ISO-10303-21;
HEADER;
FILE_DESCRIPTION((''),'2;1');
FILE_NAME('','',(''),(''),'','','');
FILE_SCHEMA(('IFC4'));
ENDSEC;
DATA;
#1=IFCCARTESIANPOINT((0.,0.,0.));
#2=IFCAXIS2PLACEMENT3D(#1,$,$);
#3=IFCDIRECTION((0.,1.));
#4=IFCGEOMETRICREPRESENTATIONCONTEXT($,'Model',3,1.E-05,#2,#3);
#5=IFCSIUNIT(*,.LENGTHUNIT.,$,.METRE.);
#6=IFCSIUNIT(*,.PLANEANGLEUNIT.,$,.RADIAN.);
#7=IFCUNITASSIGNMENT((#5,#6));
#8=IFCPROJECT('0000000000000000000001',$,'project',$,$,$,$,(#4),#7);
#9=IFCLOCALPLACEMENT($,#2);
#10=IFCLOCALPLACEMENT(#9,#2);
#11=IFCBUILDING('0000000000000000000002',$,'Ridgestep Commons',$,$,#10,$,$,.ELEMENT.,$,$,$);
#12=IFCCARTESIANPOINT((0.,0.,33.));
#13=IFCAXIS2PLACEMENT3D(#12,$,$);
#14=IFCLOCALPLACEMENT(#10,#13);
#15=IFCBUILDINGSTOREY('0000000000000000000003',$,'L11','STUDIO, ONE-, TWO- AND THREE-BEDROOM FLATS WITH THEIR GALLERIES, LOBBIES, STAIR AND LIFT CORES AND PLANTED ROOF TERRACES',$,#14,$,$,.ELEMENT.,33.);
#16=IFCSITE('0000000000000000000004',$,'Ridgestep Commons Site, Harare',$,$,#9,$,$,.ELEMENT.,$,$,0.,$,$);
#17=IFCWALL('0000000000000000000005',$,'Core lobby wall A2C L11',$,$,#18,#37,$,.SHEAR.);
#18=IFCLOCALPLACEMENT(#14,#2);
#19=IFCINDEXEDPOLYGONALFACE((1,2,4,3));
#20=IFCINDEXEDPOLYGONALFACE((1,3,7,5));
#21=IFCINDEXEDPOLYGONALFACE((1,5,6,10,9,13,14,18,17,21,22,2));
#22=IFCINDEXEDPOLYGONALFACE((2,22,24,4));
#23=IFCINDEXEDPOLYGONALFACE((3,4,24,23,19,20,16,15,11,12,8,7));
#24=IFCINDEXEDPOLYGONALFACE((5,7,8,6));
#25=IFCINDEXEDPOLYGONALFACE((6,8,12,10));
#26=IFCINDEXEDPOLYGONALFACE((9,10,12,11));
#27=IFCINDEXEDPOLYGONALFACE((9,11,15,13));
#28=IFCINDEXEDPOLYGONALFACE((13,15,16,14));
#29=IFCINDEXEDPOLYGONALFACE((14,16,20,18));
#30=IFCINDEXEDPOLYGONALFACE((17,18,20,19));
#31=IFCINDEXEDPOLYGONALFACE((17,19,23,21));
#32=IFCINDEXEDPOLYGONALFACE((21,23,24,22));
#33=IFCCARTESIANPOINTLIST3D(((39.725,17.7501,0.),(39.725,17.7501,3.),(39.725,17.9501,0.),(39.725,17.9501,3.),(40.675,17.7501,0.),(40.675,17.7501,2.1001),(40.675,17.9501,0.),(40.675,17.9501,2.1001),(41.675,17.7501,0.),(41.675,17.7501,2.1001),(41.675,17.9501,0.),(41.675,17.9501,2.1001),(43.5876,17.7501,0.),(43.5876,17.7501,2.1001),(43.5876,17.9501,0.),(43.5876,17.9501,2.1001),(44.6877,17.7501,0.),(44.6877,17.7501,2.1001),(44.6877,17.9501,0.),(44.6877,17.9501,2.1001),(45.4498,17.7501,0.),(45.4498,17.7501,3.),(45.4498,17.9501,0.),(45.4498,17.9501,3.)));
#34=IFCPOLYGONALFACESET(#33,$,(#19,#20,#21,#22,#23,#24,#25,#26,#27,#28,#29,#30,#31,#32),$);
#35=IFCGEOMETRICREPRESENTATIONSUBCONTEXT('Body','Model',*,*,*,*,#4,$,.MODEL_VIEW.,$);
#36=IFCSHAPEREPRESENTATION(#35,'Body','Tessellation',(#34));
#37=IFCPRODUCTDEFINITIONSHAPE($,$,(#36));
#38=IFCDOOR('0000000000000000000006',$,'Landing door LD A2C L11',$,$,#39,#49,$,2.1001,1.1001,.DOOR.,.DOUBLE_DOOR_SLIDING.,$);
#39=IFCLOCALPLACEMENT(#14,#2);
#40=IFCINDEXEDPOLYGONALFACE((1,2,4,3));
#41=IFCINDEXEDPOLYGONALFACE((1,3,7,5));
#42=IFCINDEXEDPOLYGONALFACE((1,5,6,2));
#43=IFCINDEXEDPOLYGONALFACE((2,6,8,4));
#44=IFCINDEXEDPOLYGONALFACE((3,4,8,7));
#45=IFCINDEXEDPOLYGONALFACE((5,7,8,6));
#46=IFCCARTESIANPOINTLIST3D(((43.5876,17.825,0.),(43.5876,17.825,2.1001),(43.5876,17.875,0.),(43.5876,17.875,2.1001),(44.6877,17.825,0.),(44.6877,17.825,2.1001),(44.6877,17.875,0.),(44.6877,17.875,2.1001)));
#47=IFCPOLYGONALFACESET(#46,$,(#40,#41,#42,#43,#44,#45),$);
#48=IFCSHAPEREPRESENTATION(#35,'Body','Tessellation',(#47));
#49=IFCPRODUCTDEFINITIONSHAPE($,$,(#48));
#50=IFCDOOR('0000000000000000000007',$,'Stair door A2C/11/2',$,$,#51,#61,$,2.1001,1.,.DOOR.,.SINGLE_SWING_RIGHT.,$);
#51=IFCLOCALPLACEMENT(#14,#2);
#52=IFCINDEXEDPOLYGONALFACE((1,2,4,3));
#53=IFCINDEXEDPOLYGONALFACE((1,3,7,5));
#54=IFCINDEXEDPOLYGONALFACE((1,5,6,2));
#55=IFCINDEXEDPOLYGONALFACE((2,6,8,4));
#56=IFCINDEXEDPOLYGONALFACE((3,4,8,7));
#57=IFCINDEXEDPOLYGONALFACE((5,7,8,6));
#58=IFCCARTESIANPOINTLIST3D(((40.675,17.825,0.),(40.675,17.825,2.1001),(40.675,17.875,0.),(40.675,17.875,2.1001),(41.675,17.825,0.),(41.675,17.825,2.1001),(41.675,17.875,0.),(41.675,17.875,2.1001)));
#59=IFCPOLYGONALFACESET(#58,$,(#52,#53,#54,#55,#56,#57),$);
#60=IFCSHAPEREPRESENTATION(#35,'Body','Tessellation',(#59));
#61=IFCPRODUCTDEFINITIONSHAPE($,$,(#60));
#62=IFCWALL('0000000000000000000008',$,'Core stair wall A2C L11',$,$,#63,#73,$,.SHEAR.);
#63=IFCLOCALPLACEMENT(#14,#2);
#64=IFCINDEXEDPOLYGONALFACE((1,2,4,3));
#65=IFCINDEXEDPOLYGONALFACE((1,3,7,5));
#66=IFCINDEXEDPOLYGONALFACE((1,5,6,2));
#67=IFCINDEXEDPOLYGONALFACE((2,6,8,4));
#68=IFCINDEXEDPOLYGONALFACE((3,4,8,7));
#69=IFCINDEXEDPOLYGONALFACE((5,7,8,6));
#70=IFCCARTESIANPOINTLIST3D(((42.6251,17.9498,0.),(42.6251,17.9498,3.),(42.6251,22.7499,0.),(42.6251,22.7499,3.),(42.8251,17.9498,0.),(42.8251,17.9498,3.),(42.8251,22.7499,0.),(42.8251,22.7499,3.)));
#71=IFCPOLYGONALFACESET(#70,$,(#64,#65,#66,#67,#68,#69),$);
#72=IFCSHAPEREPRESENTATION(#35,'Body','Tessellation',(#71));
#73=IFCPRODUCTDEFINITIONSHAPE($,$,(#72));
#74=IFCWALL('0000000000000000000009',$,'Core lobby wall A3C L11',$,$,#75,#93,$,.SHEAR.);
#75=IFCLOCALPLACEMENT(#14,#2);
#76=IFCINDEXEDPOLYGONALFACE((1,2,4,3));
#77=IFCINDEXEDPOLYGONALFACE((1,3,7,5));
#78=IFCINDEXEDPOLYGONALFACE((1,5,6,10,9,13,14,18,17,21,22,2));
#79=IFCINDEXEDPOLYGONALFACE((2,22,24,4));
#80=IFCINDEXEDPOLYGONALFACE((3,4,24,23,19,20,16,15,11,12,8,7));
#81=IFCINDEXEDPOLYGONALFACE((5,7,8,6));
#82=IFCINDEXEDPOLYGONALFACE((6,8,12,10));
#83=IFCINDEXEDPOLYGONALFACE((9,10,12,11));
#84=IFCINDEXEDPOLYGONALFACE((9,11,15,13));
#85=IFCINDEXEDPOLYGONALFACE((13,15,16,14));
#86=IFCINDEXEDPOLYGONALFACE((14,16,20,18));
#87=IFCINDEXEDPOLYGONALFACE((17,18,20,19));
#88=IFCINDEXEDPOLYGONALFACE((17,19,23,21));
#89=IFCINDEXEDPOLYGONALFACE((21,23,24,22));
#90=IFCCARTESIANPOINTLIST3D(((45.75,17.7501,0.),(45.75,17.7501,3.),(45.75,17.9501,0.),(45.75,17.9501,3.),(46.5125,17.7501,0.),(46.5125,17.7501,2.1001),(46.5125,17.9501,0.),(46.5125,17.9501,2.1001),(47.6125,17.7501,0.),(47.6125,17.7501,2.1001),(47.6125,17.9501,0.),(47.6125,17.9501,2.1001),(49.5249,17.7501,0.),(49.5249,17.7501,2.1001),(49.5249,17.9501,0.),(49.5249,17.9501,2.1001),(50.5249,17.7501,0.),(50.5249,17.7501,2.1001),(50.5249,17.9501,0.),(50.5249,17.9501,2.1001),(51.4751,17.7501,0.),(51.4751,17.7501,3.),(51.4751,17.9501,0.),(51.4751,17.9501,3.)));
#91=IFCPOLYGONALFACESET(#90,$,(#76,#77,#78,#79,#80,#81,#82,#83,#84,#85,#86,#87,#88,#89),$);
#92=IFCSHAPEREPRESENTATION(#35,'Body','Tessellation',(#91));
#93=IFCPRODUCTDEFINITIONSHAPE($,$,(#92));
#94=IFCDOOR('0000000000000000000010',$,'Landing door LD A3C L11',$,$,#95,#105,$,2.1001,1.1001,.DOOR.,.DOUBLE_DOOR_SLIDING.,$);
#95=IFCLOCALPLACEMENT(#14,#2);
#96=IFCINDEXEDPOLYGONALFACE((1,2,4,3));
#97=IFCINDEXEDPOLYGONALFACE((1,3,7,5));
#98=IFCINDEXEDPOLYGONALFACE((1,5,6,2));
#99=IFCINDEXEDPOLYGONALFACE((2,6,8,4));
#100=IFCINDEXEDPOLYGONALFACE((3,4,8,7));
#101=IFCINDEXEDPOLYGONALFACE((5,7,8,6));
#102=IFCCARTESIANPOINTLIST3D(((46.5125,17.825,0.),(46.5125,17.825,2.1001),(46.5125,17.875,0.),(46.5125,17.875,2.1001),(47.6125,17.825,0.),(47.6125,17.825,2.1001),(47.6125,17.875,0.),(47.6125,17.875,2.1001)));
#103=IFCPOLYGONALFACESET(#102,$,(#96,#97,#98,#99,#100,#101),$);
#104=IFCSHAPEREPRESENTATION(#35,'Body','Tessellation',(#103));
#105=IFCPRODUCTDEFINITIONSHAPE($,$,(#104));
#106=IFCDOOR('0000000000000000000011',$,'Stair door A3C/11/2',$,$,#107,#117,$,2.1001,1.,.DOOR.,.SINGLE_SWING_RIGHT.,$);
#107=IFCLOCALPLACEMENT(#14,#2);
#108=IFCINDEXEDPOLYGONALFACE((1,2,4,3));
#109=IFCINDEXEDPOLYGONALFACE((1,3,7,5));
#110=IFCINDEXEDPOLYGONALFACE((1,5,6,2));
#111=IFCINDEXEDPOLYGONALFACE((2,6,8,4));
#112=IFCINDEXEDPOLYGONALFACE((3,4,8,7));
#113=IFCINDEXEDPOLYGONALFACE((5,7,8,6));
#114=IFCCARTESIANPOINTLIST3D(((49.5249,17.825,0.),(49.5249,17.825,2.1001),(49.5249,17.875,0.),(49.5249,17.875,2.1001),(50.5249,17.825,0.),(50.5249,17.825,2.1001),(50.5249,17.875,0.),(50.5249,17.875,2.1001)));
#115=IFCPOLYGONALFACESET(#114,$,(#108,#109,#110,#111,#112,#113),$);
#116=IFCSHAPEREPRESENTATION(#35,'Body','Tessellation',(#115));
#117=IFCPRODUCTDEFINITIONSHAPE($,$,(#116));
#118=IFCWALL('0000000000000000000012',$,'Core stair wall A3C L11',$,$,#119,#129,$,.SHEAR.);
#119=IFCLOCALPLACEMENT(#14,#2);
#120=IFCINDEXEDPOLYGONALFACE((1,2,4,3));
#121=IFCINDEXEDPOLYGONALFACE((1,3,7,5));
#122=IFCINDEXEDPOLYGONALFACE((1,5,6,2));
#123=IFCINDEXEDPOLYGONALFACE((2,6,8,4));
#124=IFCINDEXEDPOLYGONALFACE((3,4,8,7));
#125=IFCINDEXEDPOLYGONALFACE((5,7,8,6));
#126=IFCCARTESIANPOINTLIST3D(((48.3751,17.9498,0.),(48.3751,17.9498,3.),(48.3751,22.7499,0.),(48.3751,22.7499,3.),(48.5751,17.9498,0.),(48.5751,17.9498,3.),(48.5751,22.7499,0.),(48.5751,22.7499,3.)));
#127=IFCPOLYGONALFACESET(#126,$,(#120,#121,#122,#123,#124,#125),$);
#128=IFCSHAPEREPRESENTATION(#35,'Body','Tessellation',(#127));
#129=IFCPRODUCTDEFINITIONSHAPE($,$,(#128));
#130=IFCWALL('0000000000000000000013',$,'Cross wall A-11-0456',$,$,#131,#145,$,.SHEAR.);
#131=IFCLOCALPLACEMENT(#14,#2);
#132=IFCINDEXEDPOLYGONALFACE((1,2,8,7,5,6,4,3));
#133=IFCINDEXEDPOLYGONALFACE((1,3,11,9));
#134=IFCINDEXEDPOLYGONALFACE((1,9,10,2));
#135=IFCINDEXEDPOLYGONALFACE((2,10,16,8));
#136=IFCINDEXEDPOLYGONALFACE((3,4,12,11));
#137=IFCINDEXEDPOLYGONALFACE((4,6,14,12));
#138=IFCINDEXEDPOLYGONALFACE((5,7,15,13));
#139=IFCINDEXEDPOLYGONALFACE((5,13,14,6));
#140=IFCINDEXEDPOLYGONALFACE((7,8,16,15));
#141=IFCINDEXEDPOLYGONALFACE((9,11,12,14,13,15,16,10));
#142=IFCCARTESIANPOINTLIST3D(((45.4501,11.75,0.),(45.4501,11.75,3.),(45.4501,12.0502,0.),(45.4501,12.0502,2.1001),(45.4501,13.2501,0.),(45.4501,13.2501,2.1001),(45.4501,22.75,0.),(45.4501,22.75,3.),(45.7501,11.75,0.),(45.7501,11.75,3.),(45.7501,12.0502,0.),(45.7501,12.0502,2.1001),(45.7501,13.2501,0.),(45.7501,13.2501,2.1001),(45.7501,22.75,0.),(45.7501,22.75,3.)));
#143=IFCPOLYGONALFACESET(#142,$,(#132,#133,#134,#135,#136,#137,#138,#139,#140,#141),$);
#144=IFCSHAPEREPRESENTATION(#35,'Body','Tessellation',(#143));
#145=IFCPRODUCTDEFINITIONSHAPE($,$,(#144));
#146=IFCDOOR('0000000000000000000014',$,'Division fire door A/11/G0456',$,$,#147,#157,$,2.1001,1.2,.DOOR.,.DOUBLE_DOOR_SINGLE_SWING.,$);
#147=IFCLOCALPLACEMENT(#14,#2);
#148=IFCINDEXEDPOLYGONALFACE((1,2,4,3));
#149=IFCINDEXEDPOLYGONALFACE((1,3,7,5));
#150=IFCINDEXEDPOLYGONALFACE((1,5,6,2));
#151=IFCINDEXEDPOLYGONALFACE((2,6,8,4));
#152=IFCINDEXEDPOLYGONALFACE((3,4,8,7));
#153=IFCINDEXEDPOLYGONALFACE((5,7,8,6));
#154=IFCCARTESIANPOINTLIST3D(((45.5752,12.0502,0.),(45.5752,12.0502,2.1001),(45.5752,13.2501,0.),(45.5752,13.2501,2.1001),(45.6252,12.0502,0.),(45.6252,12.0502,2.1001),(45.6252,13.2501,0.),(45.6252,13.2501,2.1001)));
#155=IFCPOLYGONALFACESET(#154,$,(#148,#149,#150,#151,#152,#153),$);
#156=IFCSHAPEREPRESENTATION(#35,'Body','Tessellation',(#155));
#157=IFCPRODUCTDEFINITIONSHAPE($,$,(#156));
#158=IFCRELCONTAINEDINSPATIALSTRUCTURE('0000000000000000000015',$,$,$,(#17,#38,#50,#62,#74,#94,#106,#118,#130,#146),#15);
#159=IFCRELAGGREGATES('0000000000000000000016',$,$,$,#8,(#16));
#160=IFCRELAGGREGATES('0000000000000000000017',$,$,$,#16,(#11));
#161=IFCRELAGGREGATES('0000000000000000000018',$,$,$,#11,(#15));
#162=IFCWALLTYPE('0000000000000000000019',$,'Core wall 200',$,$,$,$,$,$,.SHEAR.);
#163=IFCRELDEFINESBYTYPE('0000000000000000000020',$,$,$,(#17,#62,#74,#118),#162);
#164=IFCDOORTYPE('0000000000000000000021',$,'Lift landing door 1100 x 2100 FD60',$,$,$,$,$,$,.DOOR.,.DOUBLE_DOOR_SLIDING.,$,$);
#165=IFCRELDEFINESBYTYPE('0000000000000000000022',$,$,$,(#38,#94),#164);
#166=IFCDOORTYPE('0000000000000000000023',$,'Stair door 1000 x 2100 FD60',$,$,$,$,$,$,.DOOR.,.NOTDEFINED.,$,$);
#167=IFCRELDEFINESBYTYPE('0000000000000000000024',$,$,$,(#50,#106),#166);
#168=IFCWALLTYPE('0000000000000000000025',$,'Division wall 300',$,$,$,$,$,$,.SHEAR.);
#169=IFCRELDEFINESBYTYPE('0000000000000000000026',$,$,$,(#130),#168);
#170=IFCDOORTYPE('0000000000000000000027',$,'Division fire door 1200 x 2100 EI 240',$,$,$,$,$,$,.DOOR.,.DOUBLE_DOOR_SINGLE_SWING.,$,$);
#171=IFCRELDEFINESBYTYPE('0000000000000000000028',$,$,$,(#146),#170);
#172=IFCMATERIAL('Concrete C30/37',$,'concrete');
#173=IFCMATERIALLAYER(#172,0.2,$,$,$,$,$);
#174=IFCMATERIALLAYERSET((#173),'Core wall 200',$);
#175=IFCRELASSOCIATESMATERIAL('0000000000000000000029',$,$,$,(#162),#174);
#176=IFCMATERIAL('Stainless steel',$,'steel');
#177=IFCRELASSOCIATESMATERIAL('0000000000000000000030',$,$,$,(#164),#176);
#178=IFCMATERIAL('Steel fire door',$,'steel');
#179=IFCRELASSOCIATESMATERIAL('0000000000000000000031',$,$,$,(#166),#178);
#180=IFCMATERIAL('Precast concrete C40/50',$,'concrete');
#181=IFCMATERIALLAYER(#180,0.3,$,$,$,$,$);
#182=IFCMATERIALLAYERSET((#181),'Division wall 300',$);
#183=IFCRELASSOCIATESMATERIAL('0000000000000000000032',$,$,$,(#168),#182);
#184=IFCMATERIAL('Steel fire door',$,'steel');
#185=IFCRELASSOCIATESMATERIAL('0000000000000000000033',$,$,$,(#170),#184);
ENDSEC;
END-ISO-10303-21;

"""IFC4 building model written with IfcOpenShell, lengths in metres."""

from ifc_helpers import new_model, si_unit, direction, frame, frame_2d, origin, place, context, subcontext, project, spatial, rectangle, extrude, material, layer, layer_set, type_object, element, fill, save


model = new_model("IFC4")

# Units and contexts
model_context = context("Model", 3, precision=1e-05, world=origin(), true_north=direction((0.0, 1.0)))
body_context = subcontext(model_context, "Body", "Model", "MODEL_VIEW")
ifc_project = project(units=[si_unit("LENGTHUNIT", "METRE"), si_unit("PLANEANGLEUNIT", "RADIAN")], contexts=[model_context])

# Site, building, storey
site_placement = place(None, origin())
site = spatial("IfcSite", under=ifc_project, at=site_placement, Name="Ridgestep Commons Site, Harare", CompositionType="ELEMENT", RefElevation=0.0)
building_placement = place(site_placement, origin())
building = spatial("IfcBuilding", under=site, at=building_placement, Name="Ridgestep Commons", CompositionType="ELEMENT")
storey_placement = place(building_placement, frame((0.0, 0.0, 33.0)))
storey = spatial("IfcBuildingStorey", under=building, at=storey_placement, Name="L11", Description="STUDIO, ONE-, TWO- AND THREE-BEDROOM FLATS WITH THEIR GALLERIES, LOBBIES, STAIR AND LIFT CORES AND PLANTED ROOF TERRACES", CompositionType="ELEMENT", Elevation=33.0)

# Wall, openings, doors
ifc_material_1 = material(Name="Concrete C30/37", Category="concrete")
ifc_layer_1 = layer(ifc_material_1, 0.2)
ifc_layer_set_1 = layer_set([ifc_layer_1], Name="Core wall 200")
wall_type_1 = type_object("IfcWallType", Name="Core wall 200", PredefinedType="SHEAR", material=ifc_layer_set_1)
wall_1_placement = place(storey_placement, frame((39.7251, 17.8501, 0.0), z_axis=(0.0, 0.0, 1.0), x_axis=(1.0, 0.0, 0.0)))
wall_1 = element("IfcWall", 1, at=wall_1_placement, inside=storey, type_object=wall_type_1, Name="Core lobby wall A2C L11", PredefinedType="SHEAR", context=body_context, shape_type="SweptSolid", body=[
    extrude(rectangle(XDim=5.7249, YDim=0.2, at=frame_2d((2.8623, 0.0))), origin(), (0.0, 0.0, 1.0), 3.0),
])
opening_1_placement = place(wall_1_placement, frame((0.95, 0.0, 0.0)))
opening_1 = element("IfcOpeningElement", 2, at=opening_1_placement, cuts=wall_1, PredefinedType="OPENING", context=body_context, shape_type="SweptSolid", body=[
    extrude(rectangle(XDim=1.0, YDim=2.1001, at=frame_2d((0.5, 1.05))), frame((0.0, 0.1099, 0.0), z_axis=(0.0, -1.0, 0.0), x_axis=(1.0, 0.0, 0.0)), (0.0, 0.0, 1.0), 0.22),
])
opening_2_placement = place(wall_1_placement, frame((3.8625, 0.0, 0.0)))
opening_2 = element("IfcOpeningElement", 3, at=opening_2_placement, cuts=wall_1, PredefinedType="OPENING", context=body_context, shape_type="SweptSolid", body=[
    extrude(rectangle(XDim=1.1001, YDim=2.1001, at=frame_2d((0.55, 1.05))), frame((0.0, 0.1099, 0.0), z_axis=(0.0, -1.0, 0.0), x_axis=(1.0, 0.0, 0.0)), (0.0, 0.0, 1.0), 0.22),
])
ifc_material_2 = material(Name="Stainless steel", Category="steel")
door_type_1 = type_object("IfcDoorType", Name="Lift landing door 1100 x 2100 FD60", OperationType="DOUBLE_DOOR_SLIDING", PredefinedType="DOOR", material=ifc_material_2)
door_1_placement = place(opening_2_placement, origin())
door_1 = element("IfcDoor", 4, at=door_1_placement, inside=storey, type_object=door_type_1, Name="Landing door LD A2C L11", OperationType="DOUBLE_DOOR_SLIDING", OverallHeight=2.1001, OverallWidth=1.1001, PredefinedType="DOOR", context=body_context, shape_type="SweptSolid", body=[
    extrude(rectangle(XDim=1.1001, YDim=2.1001, at=frame_2d((0.55, 1.05))), frame((0.0, 0.0249, 0.0), z_axis=(0.0, -1.0, 0.0), x_axis=(1.0, 0.0, 0.0)), (0.0, 0.0, 1.0), 0.05),
])
fill(opening_2, door_1)
ifc_material_3 = material(Name="Steel fire door", Category="steel")
door_type_2 = type_object("IfcDoorType", Name="Stair door 1000 x 2100 FD60", OperationType="NOTDEFINED", PredefinedType="DOOR", material=ifc_material_3)
door_2_placement = place(opening_1_placement, origin())
door_2 = element("IfcDoor", 5, at=door_2_placement, inside=storey, type_object=door_type_2, Name="Stair door A2C/11/2", OperationType="SINGLE_SWING_RIGHT", OverallHeight=2.1001, OverallWidth=1.0, PredefinedType="DOOR", context=body_context, shape_type="SweptSolid", body=[
    extrude(rectangle(XDim=1.0, YDim=2.1001, at=frame_2d((0.5, 1.05))), frame((0.0, 0.0249, 0.0), z_axis=(0.0, -1.0, 0.0), x_axis=(1.0, 0.0, 0.0)), (0.0, 0.0, 1.0), 0.05),
])
fill(opening_1, door_2)

# Wall
wall_2_placement = place(storey_placement, frame((42.7251, 17.95, 0.0), z_axis=(0.0, 0.0, 1.0), x_axis=(0.0, 1.0, 0.0)))
element("IfcWall", 6, at=wall_2_placement, inside=storey, type_object=wall_type_1, Name="Core stair wall A2C L11", PredefinedType="SHEAR", context=body_context, shape_type="SweptSolid", body=[
    extrude(rectangle(XDim=4.8, YDim=0.2, at=frame_2d((2.3999, 0.0))), origin(), (0.0, 0.0, 1.0), 3.0),
])

# Wall, openings, doors
wall_3_placement = place(storey_placement, frame((45.75, 17.8501, 0.0), z_axis=(0.0, 0.0, 1.0), x_axis=(1.0, 0.0, 0.0)))
wall_3 = element("IfcWall", 7, at=wall_3_placement, inside=storey, type_object=wall_type_1, Name="Core lobby wall A3C L11", PredefinedType="SHEAR", context=body_context, shape_type="SweptSolid", body=[
    extrude(rectangle(XDim=5.7251, YDim=0.2, at=frame_2d((2.8625, 0.0))), origin(), (0.0, 0.0, 1.0), 3.0),
])
opening_3_placement = place(wall_3_placement, frame((3.7749, 0.0, 0.0)))
opening_3 = element("IfcOpeningElement", 8, at=opening_3_placement, cuts=wall_3, PredefinedType="OPENING", context=body_context, shape_type="SweptSolid", body=[
    extrude(rectangle(XDim=1.0, YDim=2.1001, at=frame_2d((0.5, 1.05))), frame((0.0, 0.1099, 0.0), z_axis=(0.0, -1.0, 0.0), x_axis=(1.0, 0.0, 0.0)), (0.0, 0.0, 1.0), 0.22),
])
opening_4_placement = place(wall_3_placement, frame((0.7625, 0.0, 0.0)))
opening_4 = element("IfcOpeningElement", 9, at=opening_4_placement, cuts=wall_3, PredefinedType="OPENING", context=body_context, shape_type="SweptSolid", body=[
    extrude(rectangle(XDim=1.1001, YDim=2.1001, at=frame_2d((0.55, 1.05))), frame((0.0, 0.1099, 0.0), z_axis=(0.0, -1.0, 0.0), x_axis=(1.0, 0.0, 0.0)), (0.0, 0.0, 1.0), 0.22),
])
door_3_placement = place(opening_4_placement, origin())
door_3 = element("IfcDoor", 10, at=door_3_placement, inside=storey, type_object=door_type_1, Name="Landing door LD A3C L11", OperationType="DOUBLE_DOOR_SLIDING", OverallHeight=2.1001, OverallWidth=1.1001, PredefinedType="DOOR", context=body_context, shape_type="SweptSolid", body=[
    extrude(rectangle(XDim=1.1001, YDim=2.1001, at=frame_2d((0.55, 1.05))), frame((0.0, 0.0249, 0.0), z_axis=(0.0, -1.0, 0.0), x_axis=(1.0, 0.0, 0.0)), (0.0, 0.0, 1.0), 0.05),
])
fill(opening_4, door_3)
door_4_placement = place(opening_3_placement, origin())
door_4 = element("IfcDoor", 11, at=door_4_placement, inside=storey, type_object=door_type_2, Name="Stair door A3C/11/2", OperationType="SINGLE_SWING_RIGHT", OverallHeight=2.1001, OverallWidth=1.0, PredefinedType="DOOR", context=body_context, shape_type="SweptSolid", body=[
    extrude(rectangle(XDim=1.0, YDim=2.1001, at=frame_2d((0.5, 1.05))), frame((0.0, 0.0249, 0.0), z_axis=(0.0, -1.0, 0.0), x_axis=(1.0, 0.0, 0.0)), (0.0, 0.0, 1.0), 0.05),
])
fill(opening_3, door_4)

# Wall
wall_4_placement = place(storey_placement, frame((48.4751, 17.95, 0.0), z_axis=(0.0, 0.0, 1.0), x_axis=(0.0, 1.0, 0.0)))
element("IfcWall", 12, at=wall_4_placement, inside=storey, type_object=wall_type_1, Name="Core stair wall A3C L11", PredefinedType="SHEAR", context=body_context, shape_type="SweptSolid", body=[
    extrude(rectangle(XDim=4.8, YDim=0.2, at=frame_2d((2.3999, 0.0))), origin(), (0.0, 0.0, 1.0), 3.0),
])

# Wall, opening, door
ifc_material_4 = material(Name="Precast concrete C40/50", Category="concrete")
ifc_layer_2 = layer(ifc_material_4, 0.3)
ifc_layer_set_2 = layer_set([ifc_layer_2], Name="Division wall 300")
wall_type_2 = type_object("IfcWallType", Name="Division wall 300", PredefinedType="SHEAR", material=ifc_layer_set_2)
wall_5_placement = place(storey_placement, frame((45.6001, 11.75, 0.0), z_axis=(0.0, 0.0, 1.0), x_axis=(0.0, 1.0, 0.0)))
wall_5 = element("IfcWall", 13, at=wall_5_placement, inside=storey, type_object=wall_type_2, Name="Cross wall A-11-0456", PredefinedType="SHEAR", context=body_context, shape_type="SweptSolid", body=[
    extrude(rectangle(XDim=11.0, YDim=0.3, at=frame_2d((5.5, 0.0))), origin(), (0.0, 0.0, 1.0), 3.0),
])
opening_5_placement = place(wall_5_placement, frame((0.3, 0.0, 0.0)))
opening_5 = element("IfcOpeningElement", 14, at=opening_5_placement, cuts=wall_5, PredefinedType="OPENING", context=body_context, shape_type="SweptSolid", body=[
    extrude(rectangle(XDim=1.2, YDim=2.1001, at=frame_2d((0.6001, 1.05))), frame((0.0, 0.1599, 0.0), z_axis=(0.0, -1.0, 0.0), x_axis=(1.0, 0.0, 0.0)), (0.0, 0.0, 1.0), 0.3201),
])
ifc_material_5 = material(Name="Steel fire door", Category="steel")
door_type_3 = type_object("IfcDoorType", Name="Division fire door 1200 x 2100 EI 240", OperationType="DOUBLE_DOOR_SINGLE_SWING", PredefinedType="DOOR", material=ifc_material_5)
door_5_placement = place(opening_5_placement, origin())
door_5 = element("IfcDoor", 15, at=door_5_placement, inside=storey, type_object=door_type_3, Name="Division fire door A/11/G0456", OperationType="DOUBLE_DOOR_SINGLE_SWING", OverallHeight=2.1001, OverallWidth=1.2, PredefinedType="DOOR", context=body_context, shape_type="SweptSolid", body=[
    extrude(rectangle(XDim=1.2, YDim=2.1001, at=frame_2d((0.6001, 1.05))), frame((0.0, 0.0249, 0.0), z_axis=(0.0, -1.0, 0.0), x_axis=(1.0, 0.0, 0.0)), (0.0, 0.0, 1.0), 0.05),
])
fill(opening_5, door_5)

save(model, "model.ifc")
